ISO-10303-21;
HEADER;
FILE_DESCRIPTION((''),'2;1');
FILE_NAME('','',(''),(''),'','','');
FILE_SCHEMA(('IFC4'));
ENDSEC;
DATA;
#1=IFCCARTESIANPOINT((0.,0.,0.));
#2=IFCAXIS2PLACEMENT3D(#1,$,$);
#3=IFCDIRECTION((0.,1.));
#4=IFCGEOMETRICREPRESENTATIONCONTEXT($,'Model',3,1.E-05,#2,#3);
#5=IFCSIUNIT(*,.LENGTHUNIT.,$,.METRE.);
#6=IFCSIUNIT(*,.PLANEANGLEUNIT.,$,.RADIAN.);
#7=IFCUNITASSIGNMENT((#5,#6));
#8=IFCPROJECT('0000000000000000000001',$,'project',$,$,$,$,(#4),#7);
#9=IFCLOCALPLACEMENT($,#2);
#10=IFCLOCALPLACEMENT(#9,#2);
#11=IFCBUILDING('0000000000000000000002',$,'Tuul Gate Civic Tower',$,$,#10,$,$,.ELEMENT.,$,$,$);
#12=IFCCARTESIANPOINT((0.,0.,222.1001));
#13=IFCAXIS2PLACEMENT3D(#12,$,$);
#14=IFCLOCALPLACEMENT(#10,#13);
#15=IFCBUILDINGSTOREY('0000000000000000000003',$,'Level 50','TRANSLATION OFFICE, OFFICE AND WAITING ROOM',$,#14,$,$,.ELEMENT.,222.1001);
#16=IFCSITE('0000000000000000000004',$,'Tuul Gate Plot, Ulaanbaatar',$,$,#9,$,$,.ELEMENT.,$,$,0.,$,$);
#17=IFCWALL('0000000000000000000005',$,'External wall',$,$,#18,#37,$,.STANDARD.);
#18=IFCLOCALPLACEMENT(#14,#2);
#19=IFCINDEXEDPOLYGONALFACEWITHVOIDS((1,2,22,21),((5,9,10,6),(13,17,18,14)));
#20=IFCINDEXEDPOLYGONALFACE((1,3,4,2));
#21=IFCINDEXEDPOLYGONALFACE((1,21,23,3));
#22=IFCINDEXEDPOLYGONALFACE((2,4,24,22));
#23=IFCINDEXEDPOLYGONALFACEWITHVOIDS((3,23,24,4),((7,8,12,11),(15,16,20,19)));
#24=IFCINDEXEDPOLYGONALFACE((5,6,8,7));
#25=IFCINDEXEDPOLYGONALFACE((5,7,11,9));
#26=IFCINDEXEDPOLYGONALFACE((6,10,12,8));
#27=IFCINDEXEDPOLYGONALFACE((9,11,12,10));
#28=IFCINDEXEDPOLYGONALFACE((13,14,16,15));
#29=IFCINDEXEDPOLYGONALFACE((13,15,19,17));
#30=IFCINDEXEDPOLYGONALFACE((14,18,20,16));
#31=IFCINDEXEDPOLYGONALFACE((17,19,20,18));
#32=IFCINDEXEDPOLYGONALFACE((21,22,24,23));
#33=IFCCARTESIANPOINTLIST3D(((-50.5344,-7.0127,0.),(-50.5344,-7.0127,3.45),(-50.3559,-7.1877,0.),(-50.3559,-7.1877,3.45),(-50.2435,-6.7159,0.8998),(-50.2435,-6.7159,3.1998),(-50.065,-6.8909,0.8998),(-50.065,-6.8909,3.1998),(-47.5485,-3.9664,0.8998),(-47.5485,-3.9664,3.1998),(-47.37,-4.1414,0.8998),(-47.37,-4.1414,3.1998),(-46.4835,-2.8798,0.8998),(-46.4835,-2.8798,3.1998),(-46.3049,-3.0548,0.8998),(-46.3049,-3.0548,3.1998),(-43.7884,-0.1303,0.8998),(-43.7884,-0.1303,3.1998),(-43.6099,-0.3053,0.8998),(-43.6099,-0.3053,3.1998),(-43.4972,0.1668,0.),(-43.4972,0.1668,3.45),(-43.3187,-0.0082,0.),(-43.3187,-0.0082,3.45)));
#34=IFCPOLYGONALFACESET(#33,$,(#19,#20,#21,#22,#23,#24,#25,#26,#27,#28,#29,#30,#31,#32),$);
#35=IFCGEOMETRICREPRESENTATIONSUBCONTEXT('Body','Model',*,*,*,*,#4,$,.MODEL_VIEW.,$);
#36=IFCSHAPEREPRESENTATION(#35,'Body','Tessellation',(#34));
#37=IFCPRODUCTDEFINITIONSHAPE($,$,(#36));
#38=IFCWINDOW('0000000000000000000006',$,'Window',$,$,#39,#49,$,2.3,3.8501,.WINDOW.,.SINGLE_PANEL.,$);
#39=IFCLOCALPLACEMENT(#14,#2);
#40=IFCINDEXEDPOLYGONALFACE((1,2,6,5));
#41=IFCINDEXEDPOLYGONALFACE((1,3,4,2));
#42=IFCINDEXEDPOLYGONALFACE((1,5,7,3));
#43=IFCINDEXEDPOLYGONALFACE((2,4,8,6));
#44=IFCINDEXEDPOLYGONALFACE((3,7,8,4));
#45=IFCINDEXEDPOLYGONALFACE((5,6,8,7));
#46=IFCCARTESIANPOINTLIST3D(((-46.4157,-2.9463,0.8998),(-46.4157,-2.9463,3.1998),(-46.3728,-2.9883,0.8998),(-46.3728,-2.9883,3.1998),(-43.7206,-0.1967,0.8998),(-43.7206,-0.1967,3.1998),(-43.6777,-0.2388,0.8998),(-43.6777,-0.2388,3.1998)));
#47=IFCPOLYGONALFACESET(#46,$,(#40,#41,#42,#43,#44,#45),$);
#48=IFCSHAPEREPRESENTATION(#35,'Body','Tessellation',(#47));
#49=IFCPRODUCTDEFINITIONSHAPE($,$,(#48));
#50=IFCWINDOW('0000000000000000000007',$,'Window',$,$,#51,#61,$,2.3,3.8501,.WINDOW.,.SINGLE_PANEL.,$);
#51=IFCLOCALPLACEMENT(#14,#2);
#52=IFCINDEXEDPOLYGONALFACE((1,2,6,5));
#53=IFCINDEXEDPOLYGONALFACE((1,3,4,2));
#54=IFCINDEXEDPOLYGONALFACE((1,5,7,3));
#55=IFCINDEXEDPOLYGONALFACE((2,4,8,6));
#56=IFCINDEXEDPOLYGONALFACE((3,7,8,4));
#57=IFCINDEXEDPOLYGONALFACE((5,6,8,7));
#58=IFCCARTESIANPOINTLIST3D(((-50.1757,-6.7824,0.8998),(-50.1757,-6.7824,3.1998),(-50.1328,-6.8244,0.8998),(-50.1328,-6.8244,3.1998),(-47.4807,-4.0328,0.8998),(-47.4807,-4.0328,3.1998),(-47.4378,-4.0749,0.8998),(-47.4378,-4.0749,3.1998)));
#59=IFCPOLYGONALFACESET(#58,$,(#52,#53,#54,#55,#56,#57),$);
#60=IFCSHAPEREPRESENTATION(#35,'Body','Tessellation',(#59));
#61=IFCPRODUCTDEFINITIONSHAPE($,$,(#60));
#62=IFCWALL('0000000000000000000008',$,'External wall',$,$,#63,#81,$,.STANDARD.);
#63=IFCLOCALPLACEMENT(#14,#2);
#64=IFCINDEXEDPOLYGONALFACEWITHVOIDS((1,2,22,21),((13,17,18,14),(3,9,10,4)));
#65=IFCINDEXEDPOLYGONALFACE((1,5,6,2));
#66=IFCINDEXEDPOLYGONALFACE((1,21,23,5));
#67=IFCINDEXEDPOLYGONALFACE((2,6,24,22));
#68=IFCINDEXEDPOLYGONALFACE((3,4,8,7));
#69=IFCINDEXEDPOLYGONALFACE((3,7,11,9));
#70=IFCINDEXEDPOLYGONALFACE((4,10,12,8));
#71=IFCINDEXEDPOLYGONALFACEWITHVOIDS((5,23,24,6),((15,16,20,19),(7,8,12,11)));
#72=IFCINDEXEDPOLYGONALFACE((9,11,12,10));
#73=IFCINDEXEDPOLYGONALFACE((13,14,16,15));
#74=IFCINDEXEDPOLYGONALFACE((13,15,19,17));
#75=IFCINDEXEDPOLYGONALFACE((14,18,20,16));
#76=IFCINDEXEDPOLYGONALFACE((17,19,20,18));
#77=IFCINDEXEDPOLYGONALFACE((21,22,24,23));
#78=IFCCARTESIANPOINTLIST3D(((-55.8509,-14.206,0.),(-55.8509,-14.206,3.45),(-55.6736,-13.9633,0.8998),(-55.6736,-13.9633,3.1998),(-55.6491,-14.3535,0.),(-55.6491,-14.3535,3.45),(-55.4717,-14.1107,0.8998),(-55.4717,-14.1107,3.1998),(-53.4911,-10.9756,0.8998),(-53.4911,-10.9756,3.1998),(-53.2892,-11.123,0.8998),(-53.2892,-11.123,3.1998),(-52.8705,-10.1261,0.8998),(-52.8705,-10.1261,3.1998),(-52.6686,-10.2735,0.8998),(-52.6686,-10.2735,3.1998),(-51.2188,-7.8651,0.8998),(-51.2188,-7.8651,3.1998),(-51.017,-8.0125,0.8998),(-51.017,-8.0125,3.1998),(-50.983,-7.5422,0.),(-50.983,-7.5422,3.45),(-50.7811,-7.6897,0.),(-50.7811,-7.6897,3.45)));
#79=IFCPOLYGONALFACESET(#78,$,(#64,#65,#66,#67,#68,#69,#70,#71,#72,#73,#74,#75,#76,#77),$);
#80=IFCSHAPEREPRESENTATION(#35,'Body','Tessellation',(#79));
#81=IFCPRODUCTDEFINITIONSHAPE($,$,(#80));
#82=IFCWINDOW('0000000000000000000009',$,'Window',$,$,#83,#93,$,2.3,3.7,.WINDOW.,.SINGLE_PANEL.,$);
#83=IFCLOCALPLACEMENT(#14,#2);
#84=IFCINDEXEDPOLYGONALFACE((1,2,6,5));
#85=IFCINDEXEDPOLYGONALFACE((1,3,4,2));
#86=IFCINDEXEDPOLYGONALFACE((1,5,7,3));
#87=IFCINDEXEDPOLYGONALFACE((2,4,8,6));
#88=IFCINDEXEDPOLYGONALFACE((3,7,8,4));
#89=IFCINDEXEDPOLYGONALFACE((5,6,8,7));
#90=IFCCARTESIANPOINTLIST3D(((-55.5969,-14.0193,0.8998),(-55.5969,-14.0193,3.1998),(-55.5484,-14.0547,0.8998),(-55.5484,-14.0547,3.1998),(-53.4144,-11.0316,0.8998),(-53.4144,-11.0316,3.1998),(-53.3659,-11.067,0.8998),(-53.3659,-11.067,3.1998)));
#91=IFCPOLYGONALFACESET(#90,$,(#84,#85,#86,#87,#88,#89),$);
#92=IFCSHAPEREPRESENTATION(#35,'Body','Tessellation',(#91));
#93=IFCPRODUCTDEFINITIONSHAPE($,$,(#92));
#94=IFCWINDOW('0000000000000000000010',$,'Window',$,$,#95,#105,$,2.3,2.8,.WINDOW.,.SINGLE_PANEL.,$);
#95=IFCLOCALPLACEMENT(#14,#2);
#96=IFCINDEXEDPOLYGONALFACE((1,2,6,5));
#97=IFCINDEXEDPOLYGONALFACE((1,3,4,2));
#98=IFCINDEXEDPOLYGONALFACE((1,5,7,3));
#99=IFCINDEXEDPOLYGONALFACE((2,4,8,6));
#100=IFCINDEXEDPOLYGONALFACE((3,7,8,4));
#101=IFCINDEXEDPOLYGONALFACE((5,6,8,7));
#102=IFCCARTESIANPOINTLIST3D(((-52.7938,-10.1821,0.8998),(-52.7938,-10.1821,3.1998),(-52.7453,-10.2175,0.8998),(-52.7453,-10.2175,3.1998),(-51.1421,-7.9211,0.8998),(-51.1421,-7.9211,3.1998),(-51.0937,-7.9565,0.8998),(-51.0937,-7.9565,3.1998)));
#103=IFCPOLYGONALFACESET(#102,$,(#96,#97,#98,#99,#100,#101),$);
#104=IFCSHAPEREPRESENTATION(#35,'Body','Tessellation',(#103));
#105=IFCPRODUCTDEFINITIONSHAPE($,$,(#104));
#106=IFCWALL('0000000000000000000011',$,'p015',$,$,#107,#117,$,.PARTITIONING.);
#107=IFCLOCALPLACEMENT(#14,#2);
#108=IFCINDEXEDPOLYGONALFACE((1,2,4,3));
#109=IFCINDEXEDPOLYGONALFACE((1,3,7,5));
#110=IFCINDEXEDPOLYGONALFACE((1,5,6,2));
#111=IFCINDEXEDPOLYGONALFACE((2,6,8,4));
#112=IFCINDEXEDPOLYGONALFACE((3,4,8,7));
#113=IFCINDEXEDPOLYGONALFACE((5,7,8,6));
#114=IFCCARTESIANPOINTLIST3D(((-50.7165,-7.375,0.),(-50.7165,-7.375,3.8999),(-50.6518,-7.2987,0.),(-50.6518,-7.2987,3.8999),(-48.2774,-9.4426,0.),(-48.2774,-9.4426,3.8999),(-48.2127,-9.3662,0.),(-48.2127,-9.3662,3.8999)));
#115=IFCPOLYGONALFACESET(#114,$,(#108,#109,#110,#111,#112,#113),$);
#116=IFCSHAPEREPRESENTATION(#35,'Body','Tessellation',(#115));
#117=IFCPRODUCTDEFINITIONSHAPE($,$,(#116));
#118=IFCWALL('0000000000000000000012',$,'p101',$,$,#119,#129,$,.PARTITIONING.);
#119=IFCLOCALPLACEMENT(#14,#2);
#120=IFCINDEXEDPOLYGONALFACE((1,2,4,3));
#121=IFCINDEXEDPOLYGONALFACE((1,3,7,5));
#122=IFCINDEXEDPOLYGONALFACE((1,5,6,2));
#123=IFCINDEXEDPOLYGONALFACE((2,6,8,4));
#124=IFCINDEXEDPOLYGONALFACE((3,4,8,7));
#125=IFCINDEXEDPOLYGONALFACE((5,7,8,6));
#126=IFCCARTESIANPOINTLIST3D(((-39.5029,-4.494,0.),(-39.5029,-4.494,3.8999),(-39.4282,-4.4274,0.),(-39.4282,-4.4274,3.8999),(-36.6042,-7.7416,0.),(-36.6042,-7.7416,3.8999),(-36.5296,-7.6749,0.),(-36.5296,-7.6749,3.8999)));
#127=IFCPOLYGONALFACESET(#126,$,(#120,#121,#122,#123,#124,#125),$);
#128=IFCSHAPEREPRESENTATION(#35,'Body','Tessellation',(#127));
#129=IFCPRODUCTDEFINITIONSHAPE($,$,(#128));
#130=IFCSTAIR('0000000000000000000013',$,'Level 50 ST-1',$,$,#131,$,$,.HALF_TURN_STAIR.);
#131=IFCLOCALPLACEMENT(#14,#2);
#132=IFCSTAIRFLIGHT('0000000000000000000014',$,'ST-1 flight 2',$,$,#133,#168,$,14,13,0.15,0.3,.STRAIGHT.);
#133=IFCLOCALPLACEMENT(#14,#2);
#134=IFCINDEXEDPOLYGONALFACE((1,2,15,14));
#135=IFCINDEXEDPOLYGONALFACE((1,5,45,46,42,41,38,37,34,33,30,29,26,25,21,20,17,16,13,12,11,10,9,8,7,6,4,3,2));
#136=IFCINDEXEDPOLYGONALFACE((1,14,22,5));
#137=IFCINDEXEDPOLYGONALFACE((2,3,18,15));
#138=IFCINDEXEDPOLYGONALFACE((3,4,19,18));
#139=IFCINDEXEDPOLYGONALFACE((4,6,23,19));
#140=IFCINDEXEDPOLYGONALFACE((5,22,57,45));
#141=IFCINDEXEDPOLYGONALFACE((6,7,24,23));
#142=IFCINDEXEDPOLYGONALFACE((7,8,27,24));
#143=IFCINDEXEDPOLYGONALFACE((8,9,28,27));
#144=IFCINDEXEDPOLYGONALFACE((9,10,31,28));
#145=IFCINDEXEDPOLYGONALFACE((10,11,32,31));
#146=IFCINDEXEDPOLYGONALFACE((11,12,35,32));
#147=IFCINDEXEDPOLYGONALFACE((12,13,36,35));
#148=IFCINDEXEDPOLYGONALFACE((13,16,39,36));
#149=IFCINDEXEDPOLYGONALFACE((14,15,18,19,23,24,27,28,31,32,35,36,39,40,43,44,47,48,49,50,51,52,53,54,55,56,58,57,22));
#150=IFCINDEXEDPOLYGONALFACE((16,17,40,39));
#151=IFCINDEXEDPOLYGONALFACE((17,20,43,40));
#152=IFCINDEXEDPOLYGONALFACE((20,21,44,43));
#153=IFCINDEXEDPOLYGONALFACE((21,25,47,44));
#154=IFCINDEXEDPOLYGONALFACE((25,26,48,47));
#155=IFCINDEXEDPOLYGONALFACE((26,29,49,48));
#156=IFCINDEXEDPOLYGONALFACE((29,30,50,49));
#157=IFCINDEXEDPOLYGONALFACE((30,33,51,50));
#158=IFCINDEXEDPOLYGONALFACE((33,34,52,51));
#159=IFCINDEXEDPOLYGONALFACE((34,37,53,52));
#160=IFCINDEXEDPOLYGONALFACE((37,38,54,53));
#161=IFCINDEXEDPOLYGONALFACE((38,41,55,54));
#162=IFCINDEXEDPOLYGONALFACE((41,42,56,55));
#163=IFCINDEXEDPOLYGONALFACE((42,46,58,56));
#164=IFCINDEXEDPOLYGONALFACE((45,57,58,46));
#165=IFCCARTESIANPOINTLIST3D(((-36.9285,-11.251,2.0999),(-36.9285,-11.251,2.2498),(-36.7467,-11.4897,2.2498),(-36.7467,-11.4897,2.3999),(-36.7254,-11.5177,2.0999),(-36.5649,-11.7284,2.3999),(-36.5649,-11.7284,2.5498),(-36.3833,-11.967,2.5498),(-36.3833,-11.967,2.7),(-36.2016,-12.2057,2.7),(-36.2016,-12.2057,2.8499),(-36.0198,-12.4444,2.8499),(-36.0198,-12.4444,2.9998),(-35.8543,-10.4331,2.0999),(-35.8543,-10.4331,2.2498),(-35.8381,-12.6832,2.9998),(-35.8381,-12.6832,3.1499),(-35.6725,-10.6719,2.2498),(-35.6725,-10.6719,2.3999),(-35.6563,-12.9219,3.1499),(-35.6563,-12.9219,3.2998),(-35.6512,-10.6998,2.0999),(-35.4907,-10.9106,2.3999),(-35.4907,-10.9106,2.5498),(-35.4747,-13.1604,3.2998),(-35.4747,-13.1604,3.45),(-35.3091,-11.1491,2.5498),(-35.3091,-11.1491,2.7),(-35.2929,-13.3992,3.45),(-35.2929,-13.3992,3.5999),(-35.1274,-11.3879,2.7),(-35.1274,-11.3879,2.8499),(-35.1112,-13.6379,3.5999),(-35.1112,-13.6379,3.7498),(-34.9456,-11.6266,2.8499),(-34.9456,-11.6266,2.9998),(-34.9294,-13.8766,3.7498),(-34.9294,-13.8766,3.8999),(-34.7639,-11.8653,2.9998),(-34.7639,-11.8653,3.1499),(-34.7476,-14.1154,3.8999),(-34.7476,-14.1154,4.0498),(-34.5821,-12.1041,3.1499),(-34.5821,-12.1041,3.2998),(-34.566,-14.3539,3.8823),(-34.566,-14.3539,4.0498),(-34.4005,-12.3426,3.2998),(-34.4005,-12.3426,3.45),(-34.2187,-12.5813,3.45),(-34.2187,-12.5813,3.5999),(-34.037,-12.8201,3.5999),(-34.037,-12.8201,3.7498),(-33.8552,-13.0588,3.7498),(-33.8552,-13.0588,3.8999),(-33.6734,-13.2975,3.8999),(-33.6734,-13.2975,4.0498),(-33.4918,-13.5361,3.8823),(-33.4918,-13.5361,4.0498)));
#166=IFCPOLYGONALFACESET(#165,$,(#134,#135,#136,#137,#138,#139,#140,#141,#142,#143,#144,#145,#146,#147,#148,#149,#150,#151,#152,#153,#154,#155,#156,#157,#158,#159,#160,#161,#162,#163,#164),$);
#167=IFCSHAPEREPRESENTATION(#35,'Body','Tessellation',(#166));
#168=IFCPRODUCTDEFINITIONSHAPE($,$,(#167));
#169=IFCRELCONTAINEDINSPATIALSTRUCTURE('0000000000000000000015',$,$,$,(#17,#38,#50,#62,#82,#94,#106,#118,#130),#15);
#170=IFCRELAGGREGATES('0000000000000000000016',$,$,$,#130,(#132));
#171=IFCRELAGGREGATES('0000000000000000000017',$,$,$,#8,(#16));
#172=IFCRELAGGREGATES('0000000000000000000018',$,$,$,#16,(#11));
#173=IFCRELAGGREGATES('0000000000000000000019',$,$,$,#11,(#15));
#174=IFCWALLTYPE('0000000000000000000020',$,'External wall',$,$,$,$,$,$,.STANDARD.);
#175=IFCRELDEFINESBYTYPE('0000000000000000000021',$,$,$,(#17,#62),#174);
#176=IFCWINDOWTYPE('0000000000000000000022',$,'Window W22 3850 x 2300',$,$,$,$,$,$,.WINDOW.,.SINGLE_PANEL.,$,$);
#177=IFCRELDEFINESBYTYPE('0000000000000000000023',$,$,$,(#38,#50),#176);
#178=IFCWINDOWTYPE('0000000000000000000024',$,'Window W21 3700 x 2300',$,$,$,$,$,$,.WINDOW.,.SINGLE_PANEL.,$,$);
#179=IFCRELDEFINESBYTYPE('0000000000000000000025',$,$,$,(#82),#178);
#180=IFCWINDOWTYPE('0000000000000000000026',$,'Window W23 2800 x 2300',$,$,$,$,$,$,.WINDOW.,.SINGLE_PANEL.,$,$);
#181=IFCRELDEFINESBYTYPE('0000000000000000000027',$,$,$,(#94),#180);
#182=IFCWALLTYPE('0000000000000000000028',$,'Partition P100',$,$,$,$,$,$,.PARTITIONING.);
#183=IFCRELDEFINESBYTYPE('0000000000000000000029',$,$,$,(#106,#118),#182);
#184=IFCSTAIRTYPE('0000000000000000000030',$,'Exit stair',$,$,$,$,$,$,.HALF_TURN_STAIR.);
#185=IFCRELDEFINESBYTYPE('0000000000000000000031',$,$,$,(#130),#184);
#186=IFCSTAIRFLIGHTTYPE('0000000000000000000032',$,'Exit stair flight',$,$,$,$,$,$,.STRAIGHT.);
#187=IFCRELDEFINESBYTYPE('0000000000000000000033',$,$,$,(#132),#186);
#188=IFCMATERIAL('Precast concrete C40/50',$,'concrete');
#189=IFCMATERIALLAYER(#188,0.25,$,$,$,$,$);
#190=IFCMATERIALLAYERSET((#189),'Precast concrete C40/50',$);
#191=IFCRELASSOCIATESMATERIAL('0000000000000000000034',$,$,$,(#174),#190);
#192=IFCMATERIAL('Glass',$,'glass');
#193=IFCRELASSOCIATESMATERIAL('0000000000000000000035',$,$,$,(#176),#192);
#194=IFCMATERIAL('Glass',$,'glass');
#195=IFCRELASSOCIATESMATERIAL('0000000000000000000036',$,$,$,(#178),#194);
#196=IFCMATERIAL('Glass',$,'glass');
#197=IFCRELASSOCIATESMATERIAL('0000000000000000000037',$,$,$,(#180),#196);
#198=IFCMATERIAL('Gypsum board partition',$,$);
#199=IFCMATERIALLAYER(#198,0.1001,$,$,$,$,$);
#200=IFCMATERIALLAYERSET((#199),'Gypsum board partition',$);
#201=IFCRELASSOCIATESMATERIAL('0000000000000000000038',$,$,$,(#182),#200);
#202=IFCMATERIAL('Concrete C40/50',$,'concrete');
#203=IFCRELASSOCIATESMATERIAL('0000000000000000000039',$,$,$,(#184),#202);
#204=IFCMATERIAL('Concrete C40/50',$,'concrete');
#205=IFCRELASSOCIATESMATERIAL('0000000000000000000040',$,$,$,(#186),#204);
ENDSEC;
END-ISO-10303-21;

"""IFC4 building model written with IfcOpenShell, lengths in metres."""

from ifc_helpers import new_model, si_unit, direction, frame, frame_2d, origin, place, context, subcontext, project, spatial, polyline, rectangle, outline, extrude, material, layer, layer_set, type_object, element, fill, aggregate, save


model = new_model("IFC4")

# Units and contexts
model_context = context("Model", 3, precision=1e-05, world=origin(), true_north=direction((0.0, 1.0)))
body_context = subcontext(model_context, "Body", "Model", "MODEL_VIEW")
ifc_project = project(units=[si_unit("LENGTHUNIT", "METRE"), si_unit("PLANEANGLEUNIT", "RADIAN")], contexts=[model_context])

# Site, building, storey
site_placement = place(None, origin())
site = spatial("IfcSite", under=ifc_project, at=site_placement, Name="Tuul Gate Plot, Ulaanbaatar", CompositionType="ELEMENT", RefElevation=0.0)
building_placement = place(site_placement, origin())
building = spatial("IfcBuilding", under=site, at=building_placement, Name="Tuul Gate Civic Tower", CompositionType="ELEMENT")
storey_placement = place(building_placement, frame((0.0, 0.0, 222.1001)))
storey = spatial("IfcBuildingStorey", under=building, at=storey_placement, Name="Level 50", Description="TRANSLATION OFFICE, OFFICE AND WAITING ROOM", CompositionType="ELEMENT", Elevation=222.1001)

# Walls, openings, windows
ifc_material_1 = material(Name="Precast concrete C40/50", Category="concrete")
ifc_layer_1 = layer(ifc_material_1, 0.25)
ifc_layer_set_1 = layer_set([ifc_layer_1], Name="Precast concrete C40/50")
wall_type_1 = type_object("IfcWallType", Name="External wall", PredefinedType="STANDARD", material=ifc_layer_set_1)
wall_1_placement = place(storey_placement, frame((-43.408, 0.0793, 0.0), z_axis=(0.0, 0.0, 1.0), x_axis=(-0.699992, -0.71415, 0.0)))
wall_1 = element("IfcWall", 1, at=wall_1_placement, inside=storey, type_object=wall_type_1, Name="External wall", PredefinedType="STANDARD", context=body_context, shape_type="SweptSolid", body=[
    extrude(rectangle(XDim=10.0532, YDim=0.25, at=frame_2d((5.0266, 0.0))), origin(), (0.0, 0.0, 1.0), 3.45),
])
opening_1_placement = place(wall_1_placement, frame((0.416, 0.0, 0.8999)))
opening_1 = element("IfcOpeningElement", 2, at=opening_1_placement, cuts=wall_1, PredefinedType="OPENING", context=body_context, shape_type="SweptSolid", body=[
    extrude(rectangle(XDim=3.8501, YDim=2.3, at=frame_2d((1.925, 1.1499))), frame((0.0, 0.135, 0.0), z_axis=(0.0, -1.0, 0.0), x_axis=(1.0, 0.0, 0.0)), (0.0, 0.0, 1.0), 0.27),
])
opening_2_placement = place(wall_1_placement, frame((5.7876, 0.0, 0.8999)))
opening_2 = element("IfcOpeningElement", 3, at=opening_2_placement, cuts=wall_1, PredefinedType="OPENING", context=body_context, shape_type="SweptSolid", body=[
    extrude(rectangle(XDim=3.8501, YDim=2.3, at=frame_2d((1.925, 1.1499))), frame((0.0, 0.135, 0.0), z_axis=(0.0, -1.0, 0.0), x_axis=(1.0, 0.0, 0.0)), (0.0, 0.0, 1.0), 0.27),
])
ifc_material_2 = material(Name="Glass", Category="glass")
window_type_1 = type_object("IfcWindowType", Name="Window W22 3850 x 2300", PartitioningType="SINGLE_PANEL", PredefinedType="WINDOW", material=ifc_material_2)
window_1_placement = place(opening_1_placement, origin())
window_1 = element("IfcWindow", 4, at=window_1_placement, inside=storey, type_object=window_type_1, Name="Window", OverallHeight=2.3, OverallWidth=3.8501, PartitioningType="SINGLE_PANEL", PredefinedType="WINDOW", context=body_context, shape_type="SweptSolid", body=[
    extrude(rectangle(XDim=3.8501, YDim=2.3, at=frame_2d((1.925, 1.1499))), frame((0.0, 0.03, 0.0), z_axis=(0.0, -1.0, 0.0), x_axis=(1.0, 0.0, 0.0)), (0.0, 0.0, 1.0), 0.0601),
])
fill(opening_1, window_1)
window_2_placement = place(opening_2_placement, origin())
window_2 = element("IfcWindow", 5, at=window_2_placement, inside=storey, type_object=window_type_1, Name="Window", OverallHeight=2.3, OverallWidth=3.8501, PartitioningType="SINGLE_PANEL", PredefinedType="WINDOW", context=body_context, shape_type="SweptSolid", body=[
    extrude(rectangle(XDim=3.8501, YDim=2.3, at=frame_2d((1.925, 1.1499))), frame((0.0, 0.03, 0.0), z_axis=(0.0, -1.0, 0.0), x_axis=(1.0, 0.0, 0.0)), (0.0, 0.0, 1.0), 0.0601),
])
fill(opening_2, window_2)
wall_2_placement = place(storey_placement, frame((-50.8821, -7.616, 0.0), z_axis=(0.0, 0.0, 1.0), x_axis=(-0.589875, -0.807495, 0.0)))
wall_2 = element("IfcWall", 6, at=wall_2_placement, inside=storey, type_object=wall_type_1, Name="External wall", PredefinedType="STANDARD", context=body_context, shape_type="SweptSolid", body=[
    extrude(rectangle(XDim=8.2524, YDim=0.25, at=frame_2d((4.1262, 0.0))), origin(), (0.0, 0.0, 1.0), 3.45),
])
opening_3_placement = place(wall_2_placement, frame((0.3999, 0.0, 0.8999)))
opening_3 = element("IfcOpeningElement", 7, at=opening_3_placement, cuts=wall_2, PredefinedType="OPENING", context=body_context, shape_type="SweptSolid", body=[
    extrude(rectangle(XDim=2.8, YDim=2.3, at=frame_2d((1.3999, 1.1499))), frame((0.0, 0.135, 0.0), z_axis=(0.0, -1.0, 0.0), x_axis=(1.0, 0.0, 0.0)), (0.0, 0.0, 1.0), 0.27),
])
opening_4_placement = place(wall_2_placement, frame((4.2517, 0.0, 0.8999)))
opening_4 = element("IfcOpeningElement", 8, at=opening_4_placement, cuts=wall_2, PredefinedType="OPENING", context=body_context, shape_type="SweptSolid", body=[
    extrude(rectangle(XDim=3.7, YDim=2.3, at=frame_2d((1.8501, 1.1499))), frame((0.0, 0.135, 0.0), z_axis=(0.0, -1.0, 0.0), x_axis=(1.0, 0.0, 0.0)), (0.0, 0.0, 1.0), 0.27),
])
ifc_material_3 = material(Name="Glass", Category="glass")
window_type_2 = type_object("IfcWindowType", Name="Window W21 3700 x 2300", PartitioningType="SINGLE_PANEL", PredefinedType="WINDOW", material=ifc_material_3)
window_3_placement = place(opening_4_placement, origin())
window_3 = element("IfcWindow", 9, at=window_3_placement, inside=storey, type_object=window_type_2, Name="Window", OverallHeight=2.3, OverallWidth=3.7, PartitioningType="SINGLE_PANEL", PredefinedType="WINDOW", context=body_context, shape_type="SweptSolid", body=[
    extrude(rectangle(XDim=3.7, YDim=2.3, at=frame_2d((1.8501, 1.1499))), frame((0.0, 0.03, 0.0), z_axis=(0.0, -1.0, 0.0), x_axis=(1.0, 0.0, 0.0)), (0.0, 0.0, 1.0), 0.0601),
])
fill(opening_4, window_3)
ifc_material_4 = material(Name="Glass", Category="glass")
window_type_3 = type_object("IfcWindowType", Name="Window W23 2800 x 2300", PartitioningType="SINGLE_PANEL", PredefinedType="WINDOW", material=ifc_material_4)
window_4_placement = place(opening_3_placement, origin())
window_4 = element("IfcWindow", 10, at=window_4_placement, inside=storey, type_object=window_type_3, Name="Window", OverallHeight=2.3, OverallWidth=2.8, PartitioningType="SINGLE_PANEL", PredefinedType="WINDOW", context=body_context, shape_type="SweptSolid", body=[
    extrude(rectangle(XDim=2.8, YDim=2.3, at=frame_2d((1.3999, 1.1499))), frame((0.0, 0.03, 0.0), z_axis=(0.0, -1.0, 0.0), x_axis=(1.0, 0.0, 0.0)), (0.0, 0.0, 1.0), 0.0601),
])
fill(opening_3, window_4)

# Walls
ifc_material_5 = material(Name="Gypsum board partition")
ifc_layer_2 = layer(ifc_material_5, 0.1001)
ifc_layer_set_2 = layer_set([ifc_layer_2], Name="Gypsum board partition")
wall_type_2 = type_object("IfcWallType", Name="Partition P100", PredefinedType="PARTITIONING", material=ifc_layer_set_2)
wall_3_placement = place(storey_placement, frame((-50.6841, -7.3369, 0.0), z_axis=(0.0, 0.0, 1.0), x_axis=(0.762818, -0.646613, 0.0)))
element("IfcWall", 11, at=wall_3_placement, inside=storey, type_object=wall_type_2, Name="p015", PredefinedType="PARTITIONING", context=body_context, shape_type="SweptSolid", body=[
    extrude(rectangle(XDim=3.1975, YDim=0.1001, at=frame_2d((1.5986, 0.0))), origin(), (0.0, 0.0, 1.0), 3.8999),
])
wall_4_placement = place(storey_placement, frame((-39.4656, -4.4607, 0.0), z_axis=(0.0, 0.0, 1.0), x_axis=(0.665898, -0.746043, 0.0)))
element("IfcWall", 12, at=wall_4_placement, inside=storey, type_object=wall_type_2, Name="p101", PredefinedType="PARTITIONING", context=body_context, shape_type="SweptSolid", body=[
    extrude(rectangle(XDim=4.353, YDim=0.1001, at=frame_2d((2.1765, 0.0))), origin(), (0.0, 0.0, 1.0), 3.8999),
])

# Stair, stair flight
ifc_material_6 = material(Name="Concrete C40/50", Category="concrete")
stair_type = type_object("IfcStairType", Name="Exit stair", PredefinedType="HALF_TURN_STAIR", material=ifc_material_6)
stair_placement = place(storey_placement, origin())
stair = element("IfcStair", 13, at=stair_placement, inside=storey, type_object=stair_type, Name="Level 50 ST-1", PredefinedType="HALF_TURN_STAIR")
ifc_material_7 = material(Name="Concrete C40/50", Category="concrete")
stair_flight_type = type_object("IfcStairFlightType", Name="Exit stair flight", PredefinedType="STRAIGHT", material=ifc_material_7)
stair_flight_placement = place(storey_placement, frame((-36.3914, -10.842, 2.0999), z_axis=(0.0, 0.0, 1.0), x_axis=(0.605764, -0.795644, 0.0)))
stair_flight = element("IfcStairFlight", 14, at=stair_flight_placement, type_object=stair_flight_type, Name="ST-1 flight 2", NumberOfRisers=14, NumberOfTreads=13, PredefinedType="STRAIGHT", RiserHeight=0.15, TreadLength=0.3, context=body_context, shape_type="SweptSolid", body=[
    extrude(outline(polyline([(0.0, 0.0), (0.0, 0.1499), (0.3, 0.1499), (0.3, 0.3), (0.6001, 0.3), (0.6001, 0.45), (0.8999, 0.45), (0.8999, 0.6001), (1.2, 0.6001), (1.2, 0.75), (1.5, 0.75), (1.5, 0.8999), (1.8, 0.8999), (1.8, 1.05), (2.1001, 1.05), (2.1001, 1.2), (2.3999, 1.2), (2.3999, 1.3501), (2.7, 1.3501), (2.7, 1.5), (3.0, 1.5), (3.0, 1.6499), (3.3, 1.6499), (3.3, 1.8), (3.6001, 1.8), (3.6001, 1.95), (3.8999, 1.95), (3.8999, 2.1001), (3.8999, 1.7825), (0.3352, 0.0), (0.0, 0.0)])), frame((0.0, 0.675, 0.0), z_axis=(0.0, -1.0, 0.0), x_axis=(1.0, 0.0, 0.0)), (0.0, 0.0, 1.0), 1.3501),
])
aggregate(stair, [stair_flight])

save(model, "model.ifc")
